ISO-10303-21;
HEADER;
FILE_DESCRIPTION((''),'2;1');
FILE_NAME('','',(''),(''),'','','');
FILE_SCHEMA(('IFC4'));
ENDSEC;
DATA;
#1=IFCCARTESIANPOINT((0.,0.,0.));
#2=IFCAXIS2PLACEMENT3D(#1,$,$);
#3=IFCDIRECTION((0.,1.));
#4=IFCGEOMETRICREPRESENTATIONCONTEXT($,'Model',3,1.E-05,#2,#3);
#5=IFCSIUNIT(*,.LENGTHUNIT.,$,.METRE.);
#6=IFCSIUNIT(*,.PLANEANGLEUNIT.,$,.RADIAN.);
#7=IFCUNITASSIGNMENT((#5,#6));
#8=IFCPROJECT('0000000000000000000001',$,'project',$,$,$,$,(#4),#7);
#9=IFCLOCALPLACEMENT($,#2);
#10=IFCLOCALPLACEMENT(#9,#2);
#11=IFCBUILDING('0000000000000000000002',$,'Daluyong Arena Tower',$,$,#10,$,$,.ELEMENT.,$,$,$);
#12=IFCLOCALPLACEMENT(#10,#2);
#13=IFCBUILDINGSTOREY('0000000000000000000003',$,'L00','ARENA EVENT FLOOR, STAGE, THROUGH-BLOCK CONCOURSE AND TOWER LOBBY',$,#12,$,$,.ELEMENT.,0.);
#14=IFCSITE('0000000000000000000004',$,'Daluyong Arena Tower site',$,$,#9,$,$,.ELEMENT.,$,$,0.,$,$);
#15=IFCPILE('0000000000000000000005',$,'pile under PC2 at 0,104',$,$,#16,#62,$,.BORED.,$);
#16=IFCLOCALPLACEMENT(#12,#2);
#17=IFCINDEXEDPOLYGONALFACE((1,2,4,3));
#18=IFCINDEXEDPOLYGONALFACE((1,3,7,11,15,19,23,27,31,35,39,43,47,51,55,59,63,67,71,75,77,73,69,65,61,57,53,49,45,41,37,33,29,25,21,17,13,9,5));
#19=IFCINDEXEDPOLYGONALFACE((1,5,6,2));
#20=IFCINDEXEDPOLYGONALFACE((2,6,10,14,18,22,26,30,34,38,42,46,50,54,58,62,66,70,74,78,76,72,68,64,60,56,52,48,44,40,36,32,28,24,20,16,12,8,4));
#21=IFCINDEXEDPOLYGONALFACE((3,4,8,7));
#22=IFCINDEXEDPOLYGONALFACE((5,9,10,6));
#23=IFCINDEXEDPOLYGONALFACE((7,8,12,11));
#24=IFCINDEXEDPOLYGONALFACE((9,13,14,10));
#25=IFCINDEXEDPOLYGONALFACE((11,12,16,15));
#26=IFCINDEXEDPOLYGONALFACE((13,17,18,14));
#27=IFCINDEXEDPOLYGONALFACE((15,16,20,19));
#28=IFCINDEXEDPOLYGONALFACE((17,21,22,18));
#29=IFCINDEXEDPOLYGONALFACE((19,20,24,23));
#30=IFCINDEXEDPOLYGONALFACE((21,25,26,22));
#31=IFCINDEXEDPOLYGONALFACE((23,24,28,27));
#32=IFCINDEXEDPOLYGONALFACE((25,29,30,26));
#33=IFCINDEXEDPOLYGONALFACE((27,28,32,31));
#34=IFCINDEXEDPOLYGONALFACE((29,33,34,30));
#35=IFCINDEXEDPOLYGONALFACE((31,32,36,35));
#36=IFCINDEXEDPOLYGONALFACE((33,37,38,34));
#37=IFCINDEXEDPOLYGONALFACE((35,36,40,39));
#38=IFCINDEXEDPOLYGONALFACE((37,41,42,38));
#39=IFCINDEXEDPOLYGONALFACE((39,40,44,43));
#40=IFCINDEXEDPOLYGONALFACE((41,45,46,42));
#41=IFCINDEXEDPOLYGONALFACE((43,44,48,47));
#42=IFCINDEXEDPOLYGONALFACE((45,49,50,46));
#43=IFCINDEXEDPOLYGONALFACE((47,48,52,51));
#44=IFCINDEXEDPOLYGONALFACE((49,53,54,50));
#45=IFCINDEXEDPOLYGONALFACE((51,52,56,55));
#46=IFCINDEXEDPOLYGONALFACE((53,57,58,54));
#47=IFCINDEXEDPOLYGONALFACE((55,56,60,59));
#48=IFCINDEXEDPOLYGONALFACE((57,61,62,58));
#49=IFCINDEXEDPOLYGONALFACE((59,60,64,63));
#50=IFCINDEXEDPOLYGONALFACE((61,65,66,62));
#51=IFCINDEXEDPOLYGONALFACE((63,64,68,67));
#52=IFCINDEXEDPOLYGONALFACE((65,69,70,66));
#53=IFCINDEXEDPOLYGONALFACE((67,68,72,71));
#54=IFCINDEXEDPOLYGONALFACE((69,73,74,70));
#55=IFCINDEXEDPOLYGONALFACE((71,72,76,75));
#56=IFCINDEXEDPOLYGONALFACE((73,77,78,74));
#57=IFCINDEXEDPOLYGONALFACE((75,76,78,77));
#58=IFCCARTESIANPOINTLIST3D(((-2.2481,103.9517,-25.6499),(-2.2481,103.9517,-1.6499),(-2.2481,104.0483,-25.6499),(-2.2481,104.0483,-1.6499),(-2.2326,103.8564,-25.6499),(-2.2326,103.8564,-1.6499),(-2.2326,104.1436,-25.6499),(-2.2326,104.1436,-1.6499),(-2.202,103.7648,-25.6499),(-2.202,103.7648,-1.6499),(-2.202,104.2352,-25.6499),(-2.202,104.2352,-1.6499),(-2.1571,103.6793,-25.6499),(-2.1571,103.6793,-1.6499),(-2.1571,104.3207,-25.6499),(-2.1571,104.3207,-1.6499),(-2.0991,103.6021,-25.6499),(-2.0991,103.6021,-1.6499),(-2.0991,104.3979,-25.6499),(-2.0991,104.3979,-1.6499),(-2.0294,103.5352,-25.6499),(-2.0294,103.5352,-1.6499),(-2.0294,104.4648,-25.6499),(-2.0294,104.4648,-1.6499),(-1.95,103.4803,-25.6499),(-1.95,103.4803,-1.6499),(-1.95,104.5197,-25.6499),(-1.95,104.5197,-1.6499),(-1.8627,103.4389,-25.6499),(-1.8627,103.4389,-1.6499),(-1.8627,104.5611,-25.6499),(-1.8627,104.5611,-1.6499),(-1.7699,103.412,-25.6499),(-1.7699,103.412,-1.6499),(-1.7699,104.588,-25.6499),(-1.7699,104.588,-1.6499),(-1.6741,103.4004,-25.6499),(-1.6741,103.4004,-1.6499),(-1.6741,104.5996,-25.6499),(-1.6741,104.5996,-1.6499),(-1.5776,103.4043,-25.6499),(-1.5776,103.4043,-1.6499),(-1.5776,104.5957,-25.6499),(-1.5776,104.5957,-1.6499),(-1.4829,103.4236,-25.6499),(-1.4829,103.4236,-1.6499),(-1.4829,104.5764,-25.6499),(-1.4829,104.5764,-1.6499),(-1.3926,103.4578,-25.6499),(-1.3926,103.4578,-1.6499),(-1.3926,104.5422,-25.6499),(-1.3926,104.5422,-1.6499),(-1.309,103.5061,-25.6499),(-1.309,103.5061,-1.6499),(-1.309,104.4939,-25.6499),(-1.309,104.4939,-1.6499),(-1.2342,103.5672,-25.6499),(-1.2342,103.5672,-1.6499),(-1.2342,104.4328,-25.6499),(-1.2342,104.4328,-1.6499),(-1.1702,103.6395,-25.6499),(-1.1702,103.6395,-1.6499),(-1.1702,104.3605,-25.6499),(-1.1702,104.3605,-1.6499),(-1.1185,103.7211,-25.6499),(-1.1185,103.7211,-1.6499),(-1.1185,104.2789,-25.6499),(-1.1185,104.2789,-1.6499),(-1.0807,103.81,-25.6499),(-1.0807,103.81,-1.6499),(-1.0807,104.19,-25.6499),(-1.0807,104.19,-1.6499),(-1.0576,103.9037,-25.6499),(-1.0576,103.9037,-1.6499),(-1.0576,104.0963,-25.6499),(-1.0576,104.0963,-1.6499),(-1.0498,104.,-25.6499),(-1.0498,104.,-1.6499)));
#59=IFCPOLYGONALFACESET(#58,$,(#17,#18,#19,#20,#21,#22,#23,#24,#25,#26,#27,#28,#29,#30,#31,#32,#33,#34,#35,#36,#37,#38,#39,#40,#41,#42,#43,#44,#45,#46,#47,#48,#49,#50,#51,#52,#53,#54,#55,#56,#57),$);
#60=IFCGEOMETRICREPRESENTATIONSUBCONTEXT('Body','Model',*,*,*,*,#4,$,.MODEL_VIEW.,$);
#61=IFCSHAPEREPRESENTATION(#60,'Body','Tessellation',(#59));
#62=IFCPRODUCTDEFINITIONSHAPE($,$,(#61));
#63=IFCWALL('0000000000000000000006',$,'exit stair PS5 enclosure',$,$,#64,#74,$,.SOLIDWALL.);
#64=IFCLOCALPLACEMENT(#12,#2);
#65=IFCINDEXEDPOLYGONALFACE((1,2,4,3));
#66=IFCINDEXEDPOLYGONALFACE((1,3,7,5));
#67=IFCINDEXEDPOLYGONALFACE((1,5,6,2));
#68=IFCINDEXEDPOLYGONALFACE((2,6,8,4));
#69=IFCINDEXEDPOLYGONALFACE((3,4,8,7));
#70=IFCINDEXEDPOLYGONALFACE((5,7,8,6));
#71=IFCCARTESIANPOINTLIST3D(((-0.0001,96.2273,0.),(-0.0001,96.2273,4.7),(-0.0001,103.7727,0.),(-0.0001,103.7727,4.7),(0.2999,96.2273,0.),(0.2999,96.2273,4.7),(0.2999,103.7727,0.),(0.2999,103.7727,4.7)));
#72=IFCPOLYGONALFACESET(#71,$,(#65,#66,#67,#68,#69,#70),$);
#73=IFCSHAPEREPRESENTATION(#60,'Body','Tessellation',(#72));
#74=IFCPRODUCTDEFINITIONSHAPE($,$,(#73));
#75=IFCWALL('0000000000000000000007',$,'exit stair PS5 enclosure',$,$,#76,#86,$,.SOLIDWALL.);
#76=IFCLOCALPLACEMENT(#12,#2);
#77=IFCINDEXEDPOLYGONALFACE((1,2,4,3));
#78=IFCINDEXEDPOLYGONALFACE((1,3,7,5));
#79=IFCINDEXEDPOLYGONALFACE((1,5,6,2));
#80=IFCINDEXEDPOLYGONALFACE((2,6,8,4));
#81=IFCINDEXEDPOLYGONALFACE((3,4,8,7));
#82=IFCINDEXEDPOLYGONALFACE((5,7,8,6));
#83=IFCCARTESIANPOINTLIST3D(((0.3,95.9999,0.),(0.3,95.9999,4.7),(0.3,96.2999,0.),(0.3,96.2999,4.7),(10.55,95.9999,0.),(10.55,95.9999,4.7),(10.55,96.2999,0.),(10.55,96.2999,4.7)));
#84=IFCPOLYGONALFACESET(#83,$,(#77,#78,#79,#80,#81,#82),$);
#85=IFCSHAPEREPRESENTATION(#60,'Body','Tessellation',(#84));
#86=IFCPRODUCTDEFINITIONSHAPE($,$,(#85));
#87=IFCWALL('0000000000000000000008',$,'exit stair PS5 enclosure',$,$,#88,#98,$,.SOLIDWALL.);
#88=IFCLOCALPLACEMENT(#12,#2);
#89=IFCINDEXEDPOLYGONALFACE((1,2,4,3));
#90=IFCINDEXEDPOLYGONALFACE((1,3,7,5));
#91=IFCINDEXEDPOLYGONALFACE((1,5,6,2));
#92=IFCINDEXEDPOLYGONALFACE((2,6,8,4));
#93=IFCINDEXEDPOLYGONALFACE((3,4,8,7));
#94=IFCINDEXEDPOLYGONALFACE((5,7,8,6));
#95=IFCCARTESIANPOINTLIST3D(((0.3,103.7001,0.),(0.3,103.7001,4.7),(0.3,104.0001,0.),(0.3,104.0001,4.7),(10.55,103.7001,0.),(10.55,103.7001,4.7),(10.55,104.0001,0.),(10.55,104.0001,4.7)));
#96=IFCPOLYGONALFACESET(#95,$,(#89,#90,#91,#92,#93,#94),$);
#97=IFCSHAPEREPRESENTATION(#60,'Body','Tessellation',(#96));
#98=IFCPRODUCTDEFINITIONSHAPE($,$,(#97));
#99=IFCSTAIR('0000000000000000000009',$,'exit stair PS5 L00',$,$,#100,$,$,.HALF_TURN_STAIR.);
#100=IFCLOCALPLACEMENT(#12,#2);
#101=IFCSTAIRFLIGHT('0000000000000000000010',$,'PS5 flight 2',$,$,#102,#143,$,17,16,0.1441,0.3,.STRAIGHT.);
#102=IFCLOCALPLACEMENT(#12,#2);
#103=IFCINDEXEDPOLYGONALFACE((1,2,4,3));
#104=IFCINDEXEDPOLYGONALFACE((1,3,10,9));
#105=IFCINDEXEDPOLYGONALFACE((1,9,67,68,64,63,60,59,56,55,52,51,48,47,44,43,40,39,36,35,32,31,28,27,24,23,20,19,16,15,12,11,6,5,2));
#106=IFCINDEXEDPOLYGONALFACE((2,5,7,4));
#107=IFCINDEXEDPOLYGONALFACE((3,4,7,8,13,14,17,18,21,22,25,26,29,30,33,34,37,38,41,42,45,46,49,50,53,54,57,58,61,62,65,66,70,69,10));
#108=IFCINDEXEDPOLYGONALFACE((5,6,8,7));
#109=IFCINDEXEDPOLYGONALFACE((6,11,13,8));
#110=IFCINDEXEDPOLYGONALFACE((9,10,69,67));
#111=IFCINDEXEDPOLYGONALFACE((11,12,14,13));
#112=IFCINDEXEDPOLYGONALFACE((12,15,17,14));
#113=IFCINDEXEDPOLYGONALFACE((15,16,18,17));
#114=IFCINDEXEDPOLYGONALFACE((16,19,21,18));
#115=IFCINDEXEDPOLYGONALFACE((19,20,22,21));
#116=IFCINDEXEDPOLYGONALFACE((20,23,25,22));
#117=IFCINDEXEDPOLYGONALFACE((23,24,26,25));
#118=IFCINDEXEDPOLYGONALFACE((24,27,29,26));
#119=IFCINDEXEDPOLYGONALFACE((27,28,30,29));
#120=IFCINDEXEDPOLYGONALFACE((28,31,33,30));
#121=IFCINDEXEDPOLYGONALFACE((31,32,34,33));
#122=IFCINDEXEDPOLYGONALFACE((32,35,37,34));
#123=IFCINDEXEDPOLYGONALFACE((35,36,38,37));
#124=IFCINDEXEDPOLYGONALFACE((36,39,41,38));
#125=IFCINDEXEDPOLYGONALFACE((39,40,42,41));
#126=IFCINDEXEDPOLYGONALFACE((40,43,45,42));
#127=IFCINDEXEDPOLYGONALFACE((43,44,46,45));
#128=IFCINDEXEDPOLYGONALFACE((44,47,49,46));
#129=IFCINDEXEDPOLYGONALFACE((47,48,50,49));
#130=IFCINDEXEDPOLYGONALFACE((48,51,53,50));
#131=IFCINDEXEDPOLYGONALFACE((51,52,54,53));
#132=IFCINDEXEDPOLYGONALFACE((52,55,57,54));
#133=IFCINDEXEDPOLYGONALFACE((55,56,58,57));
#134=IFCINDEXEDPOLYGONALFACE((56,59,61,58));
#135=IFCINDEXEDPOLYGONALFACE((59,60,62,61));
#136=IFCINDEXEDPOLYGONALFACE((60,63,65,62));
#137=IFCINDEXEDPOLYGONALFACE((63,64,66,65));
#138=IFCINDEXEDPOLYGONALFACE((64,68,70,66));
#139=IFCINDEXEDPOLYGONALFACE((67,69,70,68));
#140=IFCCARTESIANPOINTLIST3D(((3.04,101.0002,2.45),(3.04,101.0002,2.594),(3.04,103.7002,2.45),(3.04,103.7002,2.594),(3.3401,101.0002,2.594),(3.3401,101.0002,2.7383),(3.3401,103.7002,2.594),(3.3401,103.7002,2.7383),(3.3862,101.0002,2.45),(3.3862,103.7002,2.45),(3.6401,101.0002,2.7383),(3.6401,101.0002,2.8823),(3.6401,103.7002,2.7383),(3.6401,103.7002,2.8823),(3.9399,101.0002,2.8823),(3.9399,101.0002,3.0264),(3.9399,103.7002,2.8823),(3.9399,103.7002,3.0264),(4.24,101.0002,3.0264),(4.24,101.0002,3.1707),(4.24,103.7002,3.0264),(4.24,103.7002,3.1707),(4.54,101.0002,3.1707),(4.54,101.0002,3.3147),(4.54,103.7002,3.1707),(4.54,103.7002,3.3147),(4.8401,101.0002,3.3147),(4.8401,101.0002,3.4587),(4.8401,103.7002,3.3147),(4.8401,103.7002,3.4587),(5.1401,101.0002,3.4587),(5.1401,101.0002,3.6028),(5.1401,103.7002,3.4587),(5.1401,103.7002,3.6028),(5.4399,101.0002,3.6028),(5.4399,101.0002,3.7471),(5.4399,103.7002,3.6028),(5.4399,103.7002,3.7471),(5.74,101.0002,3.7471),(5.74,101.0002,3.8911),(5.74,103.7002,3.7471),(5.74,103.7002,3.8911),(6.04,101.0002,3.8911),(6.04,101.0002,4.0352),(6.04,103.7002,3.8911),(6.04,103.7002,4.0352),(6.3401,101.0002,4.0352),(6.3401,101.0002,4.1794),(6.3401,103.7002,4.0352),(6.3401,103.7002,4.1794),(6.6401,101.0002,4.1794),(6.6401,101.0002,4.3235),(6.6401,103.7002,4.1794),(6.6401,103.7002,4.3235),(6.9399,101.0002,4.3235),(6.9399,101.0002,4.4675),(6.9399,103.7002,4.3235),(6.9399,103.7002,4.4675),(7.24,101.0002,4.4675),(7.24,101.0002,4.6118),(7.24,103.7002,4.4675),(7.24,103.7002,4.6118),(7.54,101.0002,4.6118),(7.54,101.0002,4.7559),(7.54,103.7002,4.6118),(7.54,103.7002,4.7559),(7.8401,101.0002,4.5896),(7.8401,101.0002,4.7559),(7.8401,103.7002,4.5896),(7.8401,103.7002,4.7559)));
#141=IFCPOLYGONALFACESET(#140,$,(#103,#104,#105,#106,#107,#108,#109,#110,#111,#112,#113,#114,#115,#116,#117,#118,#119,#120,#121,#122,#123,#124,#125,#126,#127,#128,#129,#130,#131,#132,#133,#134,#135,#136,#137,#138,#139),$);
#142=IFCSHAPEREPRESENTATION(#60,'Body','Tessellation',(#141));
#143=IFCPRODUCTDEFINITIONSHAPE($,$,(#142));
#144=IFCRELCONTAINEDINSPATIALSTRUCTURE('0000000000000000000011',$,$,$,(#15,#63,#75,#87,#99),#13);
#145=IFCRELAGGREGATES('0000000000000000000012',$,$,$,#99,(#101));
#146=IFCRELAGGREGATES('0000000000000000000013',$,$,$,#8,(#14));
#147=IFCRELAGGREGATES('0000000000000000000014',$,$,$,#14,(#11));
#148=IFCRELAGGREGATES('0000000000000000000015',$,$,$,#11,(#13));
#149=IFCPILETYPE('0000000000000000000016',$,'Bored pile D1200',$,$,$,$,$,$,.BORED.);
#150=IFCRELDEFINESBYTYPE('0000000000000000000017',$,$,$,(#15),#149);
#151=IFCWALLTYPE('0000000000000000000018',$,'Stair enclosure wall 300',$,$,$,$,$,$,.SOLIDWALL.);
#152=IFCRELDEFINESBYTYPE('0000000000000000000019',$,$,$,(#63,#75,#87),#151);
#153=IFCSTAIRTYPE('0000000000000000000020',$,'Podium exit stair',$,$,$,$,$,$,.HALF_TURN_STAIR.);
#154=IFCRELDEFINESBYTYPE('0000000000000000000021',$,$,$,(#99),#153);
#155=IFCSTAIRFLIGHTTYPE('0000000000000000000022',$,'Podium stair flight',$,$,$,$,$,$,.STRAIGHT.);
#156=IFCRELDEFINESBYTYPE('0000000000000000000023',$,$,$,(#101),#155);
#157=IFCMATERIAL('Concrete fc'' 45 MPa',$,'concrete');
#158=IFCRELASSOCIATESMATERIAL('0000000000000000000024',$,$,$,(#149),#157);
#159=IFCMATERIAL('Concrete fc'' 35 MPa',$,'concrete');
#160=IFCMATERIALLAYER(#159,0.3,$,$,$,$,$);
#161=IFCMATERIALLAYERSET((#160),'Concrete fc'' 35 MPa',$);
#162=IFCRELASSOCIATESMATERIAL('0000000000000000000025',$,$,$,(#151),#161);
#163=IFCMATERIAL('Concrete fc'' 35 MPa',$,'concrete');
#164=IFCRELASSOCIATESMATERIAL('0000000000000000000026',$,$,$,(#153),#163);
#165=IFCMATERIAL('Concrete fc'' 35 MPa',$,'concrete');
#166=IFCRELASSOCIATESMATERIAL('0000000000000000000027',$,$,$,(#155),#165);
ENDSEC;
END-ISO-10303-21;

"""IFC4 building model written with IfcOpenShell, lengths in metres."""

from ifc_helpers import new_model, si_unit, direction, frame, frame_2d, origin, origin_2d, place, context, subcontext, project, spatial, polyline, rectangle, circle, outline, extrude, material, layer, layer_set, type_object, element, aggregate, save


model = new_model("IFC4")

# Units and contexts
model_context = context("Model", 3, precision=1e-05, world=origin(), true_north=direction((0.0, 1.0)))
body_context = subcontext(model_context, "Body", "Model", "MODEL_VIEW")
ifc_project = project(units=[si_unit("LENGTHUNIT", "METRE"), si_unit("PLANEANGLEUNIT", "RADIAN")], contexts=[model_context])

# Site, building, storey
site_placement = place(None, origin())
site = spatial("IfcSite", under=ifc_project, at=site_placement, Name="Daluyong Arena Tower site", CompositionType="ELEMENT", RefElevation=0.0)
building_placement = place(site_placement, origin())
building = spatial("IfcBuilding", under=site, at=building_placement, Name="Daluyong Arena Tower", CompositionType="ELEMENT")
storey_placement = place(building_placement, origin())
storey = spatial("IfcBuildingStorey", under=building, at=storey_placement, Name="L00", Description="ARENA EVENT FLOOR, STAGE, THROUGH-BLOCK CONCOURSE AND TOWER LOBBY", CompositionType="ELEMENT", Elevation=0.0)

# Pile
ifc_material_1 = material(Name="Concrete fc' 45 MPa", Category="concrete")
pile_type = type_object("IfcPileType", Name="Bored pile D1200", PredefinedType="BORED", material=ifc_material_1)
pile_placement = place(storey_placement, frame((-1.6499, 104.0, -1.6499), z_axis=(0.0, 0.0, -1.0), x_axis=(1.0, 0.0, 0.0)))
element("IfcPile", 1, at=pile_placement, inside=storey, type_object=pile_type, Name="pile under PC2 at 0,104", PredefinedType="BORED", context=body_context, shape_type="SweptSolid", body=[
    extrude(circle(Radius=0.6001, at=origin_2d()), origin(), (0.0, 0.0, 1.0), 24.0),
])

# Walls
ifc_material_2 = material(Name="Concrete fc' 35 MPa", Category="concrete")
ifc_layer = layer(ifc_material_2, 0.3)
ifc_layer_set = layer_set([ifc_layer], Name="Concrete fc' 35 MPa")
wall_type = type_object("IfcWallType", Name="Stair enclosure wall 300", PredefinedType="SOLIDWALL", material=ifc_layer_set)
wall_placement = place(storey_placement, frame((0.1499, 96.2273, 0.0), z_axis=(0.0, 0.0, 1.0), x_axis=(0.0, 1.0, 0.0)))
element("IfcWall", 2, at=wall_placement, inside=storey, type_object=wall_type, Name="exit stair PS5 enclosure", PredefinedType="SOLIDWALL", context=body_context, shape_type="SweptSolid", body=[
    extrude(rectangle(XDim=7.5454, YDim=0.3, at=frame_2d((3.7727, 0.0))), origin(), (0.0, 0.0, 1.0), 4.7),
])
for number, where, z_axis, x_axis, name in (
    (3, (0.3, 96.1499, 0.0), (0.0, 0.0, 1.0), (1.0, 0.0, 0.0), "exit stair PS5 enclosure"),
    (4, (0.3, 103.8501, 0.0), (0.0, 0.0, 1.0), (1.0, 0.0, 0.0), "exit stair PS5 enclosure"),
):
    element("IfcWall", number, at=place(storey_placement, frame(where, z_axis=z_axis, x_axis=x_axis)), inside=storey, type_object=wall_type, Name=name, PredefinedType="SOLIDWALL", context=body_context, shape_type="SweptSolid", body=[
        extrude(rectangle(XDim=10.25, YDim=0.3, at=frame_2d((5.125, 0.0))), origin(), (0.0, 0.0, 1.0), 4.7),
    ])

# Stair, stair flight
ifc_material_3 = material(Name="Concrete fc' 35 MPa", Category="concrete")
stair_type = type_object("IfcStairType", Name="Podium exit stair", PredefinedType="HALF_TURN_STAIR", material=ifc_material_3)
stair_placement = place(storey_placement, origin())
stair = element("IfcStair", 5, at=stair_placement, inside=storey, type_object=stair_type, Name="exit stair PS5 L00", PredefinedType="HALF_TURN_STAIR")
ifc_material_4 = material(Name="Concrete fc' 35 MPa", Category="concrete")
stair_flight_type = type_object("IfcStairFlightType", Name="Podium stair flight", PredefinedType="STRAIGHT", material=ifc_material_4)
stair_flight_placement = place(storey_placement, frame((3.04, 102.3501, 2.45), z_axis=(0.0, 0.0, 1.0), x_axis=(1.0, 0.0, 0.0)))
stair_flight = element("IfcStairFlight", 6, at=stair_flight_placement, type_object=stair_flight_type, Name="PS5 flight 2", NumberOfRisers=17, NumberOfTreads=16, PredefinedType="STRAIGHT", RiserHeight=0.1441, TreadLength=0.3, context=body_context, shape_type="SweptSolid", body=[
    extrude(outline(polyline([(0.0, 0.0), (0.0, 0.144), (0.3, 0.144), (0.3, 0.2883), (0.6001, 0.2883), (0.6001, 0.4324), (0.8999, 0.4324), (0.8999, 0.5764), (1.2, 0.5764), (1.2, 0.7207), (1.5, 0.7207), (1.5, 0.8647), (1.8, 0.8647), (1.8, 1.0088), (2.1001, 1.0088), (2.1001, 1.1528), (2.3999, 1.1528), (2.3999, 1.2971), (2.7, 1.2971), (2.7, 1.4412), (3.0, 1.4412), (3.0, 1.5852), (3.3, 1.5852), (3.3, 1.7295), (3.6001, 1.7295), (3.6001, 1.8735), (3.8999, 1.8735), (3.8999, 2.0176), (4.2, 2.0176), (4.2, 2.1619), (4.5, 2.1619), (4.5, 2.3059), (4.8, 2.3059), (4.8, 2.45), (4.8, 2.1396), (0.3462, 0.0), (0.0, 0.0)])), frame((0.0, 1.3501, 0.0), z_axis=(0.0, -1.0, 0.0), x_axis=(1.0, 0.0, 0.0)), (0.0, 0.0, 1.0), 2.7),
])
aggregate(stair, [stair_flight])

save(model, "model.ifc")
